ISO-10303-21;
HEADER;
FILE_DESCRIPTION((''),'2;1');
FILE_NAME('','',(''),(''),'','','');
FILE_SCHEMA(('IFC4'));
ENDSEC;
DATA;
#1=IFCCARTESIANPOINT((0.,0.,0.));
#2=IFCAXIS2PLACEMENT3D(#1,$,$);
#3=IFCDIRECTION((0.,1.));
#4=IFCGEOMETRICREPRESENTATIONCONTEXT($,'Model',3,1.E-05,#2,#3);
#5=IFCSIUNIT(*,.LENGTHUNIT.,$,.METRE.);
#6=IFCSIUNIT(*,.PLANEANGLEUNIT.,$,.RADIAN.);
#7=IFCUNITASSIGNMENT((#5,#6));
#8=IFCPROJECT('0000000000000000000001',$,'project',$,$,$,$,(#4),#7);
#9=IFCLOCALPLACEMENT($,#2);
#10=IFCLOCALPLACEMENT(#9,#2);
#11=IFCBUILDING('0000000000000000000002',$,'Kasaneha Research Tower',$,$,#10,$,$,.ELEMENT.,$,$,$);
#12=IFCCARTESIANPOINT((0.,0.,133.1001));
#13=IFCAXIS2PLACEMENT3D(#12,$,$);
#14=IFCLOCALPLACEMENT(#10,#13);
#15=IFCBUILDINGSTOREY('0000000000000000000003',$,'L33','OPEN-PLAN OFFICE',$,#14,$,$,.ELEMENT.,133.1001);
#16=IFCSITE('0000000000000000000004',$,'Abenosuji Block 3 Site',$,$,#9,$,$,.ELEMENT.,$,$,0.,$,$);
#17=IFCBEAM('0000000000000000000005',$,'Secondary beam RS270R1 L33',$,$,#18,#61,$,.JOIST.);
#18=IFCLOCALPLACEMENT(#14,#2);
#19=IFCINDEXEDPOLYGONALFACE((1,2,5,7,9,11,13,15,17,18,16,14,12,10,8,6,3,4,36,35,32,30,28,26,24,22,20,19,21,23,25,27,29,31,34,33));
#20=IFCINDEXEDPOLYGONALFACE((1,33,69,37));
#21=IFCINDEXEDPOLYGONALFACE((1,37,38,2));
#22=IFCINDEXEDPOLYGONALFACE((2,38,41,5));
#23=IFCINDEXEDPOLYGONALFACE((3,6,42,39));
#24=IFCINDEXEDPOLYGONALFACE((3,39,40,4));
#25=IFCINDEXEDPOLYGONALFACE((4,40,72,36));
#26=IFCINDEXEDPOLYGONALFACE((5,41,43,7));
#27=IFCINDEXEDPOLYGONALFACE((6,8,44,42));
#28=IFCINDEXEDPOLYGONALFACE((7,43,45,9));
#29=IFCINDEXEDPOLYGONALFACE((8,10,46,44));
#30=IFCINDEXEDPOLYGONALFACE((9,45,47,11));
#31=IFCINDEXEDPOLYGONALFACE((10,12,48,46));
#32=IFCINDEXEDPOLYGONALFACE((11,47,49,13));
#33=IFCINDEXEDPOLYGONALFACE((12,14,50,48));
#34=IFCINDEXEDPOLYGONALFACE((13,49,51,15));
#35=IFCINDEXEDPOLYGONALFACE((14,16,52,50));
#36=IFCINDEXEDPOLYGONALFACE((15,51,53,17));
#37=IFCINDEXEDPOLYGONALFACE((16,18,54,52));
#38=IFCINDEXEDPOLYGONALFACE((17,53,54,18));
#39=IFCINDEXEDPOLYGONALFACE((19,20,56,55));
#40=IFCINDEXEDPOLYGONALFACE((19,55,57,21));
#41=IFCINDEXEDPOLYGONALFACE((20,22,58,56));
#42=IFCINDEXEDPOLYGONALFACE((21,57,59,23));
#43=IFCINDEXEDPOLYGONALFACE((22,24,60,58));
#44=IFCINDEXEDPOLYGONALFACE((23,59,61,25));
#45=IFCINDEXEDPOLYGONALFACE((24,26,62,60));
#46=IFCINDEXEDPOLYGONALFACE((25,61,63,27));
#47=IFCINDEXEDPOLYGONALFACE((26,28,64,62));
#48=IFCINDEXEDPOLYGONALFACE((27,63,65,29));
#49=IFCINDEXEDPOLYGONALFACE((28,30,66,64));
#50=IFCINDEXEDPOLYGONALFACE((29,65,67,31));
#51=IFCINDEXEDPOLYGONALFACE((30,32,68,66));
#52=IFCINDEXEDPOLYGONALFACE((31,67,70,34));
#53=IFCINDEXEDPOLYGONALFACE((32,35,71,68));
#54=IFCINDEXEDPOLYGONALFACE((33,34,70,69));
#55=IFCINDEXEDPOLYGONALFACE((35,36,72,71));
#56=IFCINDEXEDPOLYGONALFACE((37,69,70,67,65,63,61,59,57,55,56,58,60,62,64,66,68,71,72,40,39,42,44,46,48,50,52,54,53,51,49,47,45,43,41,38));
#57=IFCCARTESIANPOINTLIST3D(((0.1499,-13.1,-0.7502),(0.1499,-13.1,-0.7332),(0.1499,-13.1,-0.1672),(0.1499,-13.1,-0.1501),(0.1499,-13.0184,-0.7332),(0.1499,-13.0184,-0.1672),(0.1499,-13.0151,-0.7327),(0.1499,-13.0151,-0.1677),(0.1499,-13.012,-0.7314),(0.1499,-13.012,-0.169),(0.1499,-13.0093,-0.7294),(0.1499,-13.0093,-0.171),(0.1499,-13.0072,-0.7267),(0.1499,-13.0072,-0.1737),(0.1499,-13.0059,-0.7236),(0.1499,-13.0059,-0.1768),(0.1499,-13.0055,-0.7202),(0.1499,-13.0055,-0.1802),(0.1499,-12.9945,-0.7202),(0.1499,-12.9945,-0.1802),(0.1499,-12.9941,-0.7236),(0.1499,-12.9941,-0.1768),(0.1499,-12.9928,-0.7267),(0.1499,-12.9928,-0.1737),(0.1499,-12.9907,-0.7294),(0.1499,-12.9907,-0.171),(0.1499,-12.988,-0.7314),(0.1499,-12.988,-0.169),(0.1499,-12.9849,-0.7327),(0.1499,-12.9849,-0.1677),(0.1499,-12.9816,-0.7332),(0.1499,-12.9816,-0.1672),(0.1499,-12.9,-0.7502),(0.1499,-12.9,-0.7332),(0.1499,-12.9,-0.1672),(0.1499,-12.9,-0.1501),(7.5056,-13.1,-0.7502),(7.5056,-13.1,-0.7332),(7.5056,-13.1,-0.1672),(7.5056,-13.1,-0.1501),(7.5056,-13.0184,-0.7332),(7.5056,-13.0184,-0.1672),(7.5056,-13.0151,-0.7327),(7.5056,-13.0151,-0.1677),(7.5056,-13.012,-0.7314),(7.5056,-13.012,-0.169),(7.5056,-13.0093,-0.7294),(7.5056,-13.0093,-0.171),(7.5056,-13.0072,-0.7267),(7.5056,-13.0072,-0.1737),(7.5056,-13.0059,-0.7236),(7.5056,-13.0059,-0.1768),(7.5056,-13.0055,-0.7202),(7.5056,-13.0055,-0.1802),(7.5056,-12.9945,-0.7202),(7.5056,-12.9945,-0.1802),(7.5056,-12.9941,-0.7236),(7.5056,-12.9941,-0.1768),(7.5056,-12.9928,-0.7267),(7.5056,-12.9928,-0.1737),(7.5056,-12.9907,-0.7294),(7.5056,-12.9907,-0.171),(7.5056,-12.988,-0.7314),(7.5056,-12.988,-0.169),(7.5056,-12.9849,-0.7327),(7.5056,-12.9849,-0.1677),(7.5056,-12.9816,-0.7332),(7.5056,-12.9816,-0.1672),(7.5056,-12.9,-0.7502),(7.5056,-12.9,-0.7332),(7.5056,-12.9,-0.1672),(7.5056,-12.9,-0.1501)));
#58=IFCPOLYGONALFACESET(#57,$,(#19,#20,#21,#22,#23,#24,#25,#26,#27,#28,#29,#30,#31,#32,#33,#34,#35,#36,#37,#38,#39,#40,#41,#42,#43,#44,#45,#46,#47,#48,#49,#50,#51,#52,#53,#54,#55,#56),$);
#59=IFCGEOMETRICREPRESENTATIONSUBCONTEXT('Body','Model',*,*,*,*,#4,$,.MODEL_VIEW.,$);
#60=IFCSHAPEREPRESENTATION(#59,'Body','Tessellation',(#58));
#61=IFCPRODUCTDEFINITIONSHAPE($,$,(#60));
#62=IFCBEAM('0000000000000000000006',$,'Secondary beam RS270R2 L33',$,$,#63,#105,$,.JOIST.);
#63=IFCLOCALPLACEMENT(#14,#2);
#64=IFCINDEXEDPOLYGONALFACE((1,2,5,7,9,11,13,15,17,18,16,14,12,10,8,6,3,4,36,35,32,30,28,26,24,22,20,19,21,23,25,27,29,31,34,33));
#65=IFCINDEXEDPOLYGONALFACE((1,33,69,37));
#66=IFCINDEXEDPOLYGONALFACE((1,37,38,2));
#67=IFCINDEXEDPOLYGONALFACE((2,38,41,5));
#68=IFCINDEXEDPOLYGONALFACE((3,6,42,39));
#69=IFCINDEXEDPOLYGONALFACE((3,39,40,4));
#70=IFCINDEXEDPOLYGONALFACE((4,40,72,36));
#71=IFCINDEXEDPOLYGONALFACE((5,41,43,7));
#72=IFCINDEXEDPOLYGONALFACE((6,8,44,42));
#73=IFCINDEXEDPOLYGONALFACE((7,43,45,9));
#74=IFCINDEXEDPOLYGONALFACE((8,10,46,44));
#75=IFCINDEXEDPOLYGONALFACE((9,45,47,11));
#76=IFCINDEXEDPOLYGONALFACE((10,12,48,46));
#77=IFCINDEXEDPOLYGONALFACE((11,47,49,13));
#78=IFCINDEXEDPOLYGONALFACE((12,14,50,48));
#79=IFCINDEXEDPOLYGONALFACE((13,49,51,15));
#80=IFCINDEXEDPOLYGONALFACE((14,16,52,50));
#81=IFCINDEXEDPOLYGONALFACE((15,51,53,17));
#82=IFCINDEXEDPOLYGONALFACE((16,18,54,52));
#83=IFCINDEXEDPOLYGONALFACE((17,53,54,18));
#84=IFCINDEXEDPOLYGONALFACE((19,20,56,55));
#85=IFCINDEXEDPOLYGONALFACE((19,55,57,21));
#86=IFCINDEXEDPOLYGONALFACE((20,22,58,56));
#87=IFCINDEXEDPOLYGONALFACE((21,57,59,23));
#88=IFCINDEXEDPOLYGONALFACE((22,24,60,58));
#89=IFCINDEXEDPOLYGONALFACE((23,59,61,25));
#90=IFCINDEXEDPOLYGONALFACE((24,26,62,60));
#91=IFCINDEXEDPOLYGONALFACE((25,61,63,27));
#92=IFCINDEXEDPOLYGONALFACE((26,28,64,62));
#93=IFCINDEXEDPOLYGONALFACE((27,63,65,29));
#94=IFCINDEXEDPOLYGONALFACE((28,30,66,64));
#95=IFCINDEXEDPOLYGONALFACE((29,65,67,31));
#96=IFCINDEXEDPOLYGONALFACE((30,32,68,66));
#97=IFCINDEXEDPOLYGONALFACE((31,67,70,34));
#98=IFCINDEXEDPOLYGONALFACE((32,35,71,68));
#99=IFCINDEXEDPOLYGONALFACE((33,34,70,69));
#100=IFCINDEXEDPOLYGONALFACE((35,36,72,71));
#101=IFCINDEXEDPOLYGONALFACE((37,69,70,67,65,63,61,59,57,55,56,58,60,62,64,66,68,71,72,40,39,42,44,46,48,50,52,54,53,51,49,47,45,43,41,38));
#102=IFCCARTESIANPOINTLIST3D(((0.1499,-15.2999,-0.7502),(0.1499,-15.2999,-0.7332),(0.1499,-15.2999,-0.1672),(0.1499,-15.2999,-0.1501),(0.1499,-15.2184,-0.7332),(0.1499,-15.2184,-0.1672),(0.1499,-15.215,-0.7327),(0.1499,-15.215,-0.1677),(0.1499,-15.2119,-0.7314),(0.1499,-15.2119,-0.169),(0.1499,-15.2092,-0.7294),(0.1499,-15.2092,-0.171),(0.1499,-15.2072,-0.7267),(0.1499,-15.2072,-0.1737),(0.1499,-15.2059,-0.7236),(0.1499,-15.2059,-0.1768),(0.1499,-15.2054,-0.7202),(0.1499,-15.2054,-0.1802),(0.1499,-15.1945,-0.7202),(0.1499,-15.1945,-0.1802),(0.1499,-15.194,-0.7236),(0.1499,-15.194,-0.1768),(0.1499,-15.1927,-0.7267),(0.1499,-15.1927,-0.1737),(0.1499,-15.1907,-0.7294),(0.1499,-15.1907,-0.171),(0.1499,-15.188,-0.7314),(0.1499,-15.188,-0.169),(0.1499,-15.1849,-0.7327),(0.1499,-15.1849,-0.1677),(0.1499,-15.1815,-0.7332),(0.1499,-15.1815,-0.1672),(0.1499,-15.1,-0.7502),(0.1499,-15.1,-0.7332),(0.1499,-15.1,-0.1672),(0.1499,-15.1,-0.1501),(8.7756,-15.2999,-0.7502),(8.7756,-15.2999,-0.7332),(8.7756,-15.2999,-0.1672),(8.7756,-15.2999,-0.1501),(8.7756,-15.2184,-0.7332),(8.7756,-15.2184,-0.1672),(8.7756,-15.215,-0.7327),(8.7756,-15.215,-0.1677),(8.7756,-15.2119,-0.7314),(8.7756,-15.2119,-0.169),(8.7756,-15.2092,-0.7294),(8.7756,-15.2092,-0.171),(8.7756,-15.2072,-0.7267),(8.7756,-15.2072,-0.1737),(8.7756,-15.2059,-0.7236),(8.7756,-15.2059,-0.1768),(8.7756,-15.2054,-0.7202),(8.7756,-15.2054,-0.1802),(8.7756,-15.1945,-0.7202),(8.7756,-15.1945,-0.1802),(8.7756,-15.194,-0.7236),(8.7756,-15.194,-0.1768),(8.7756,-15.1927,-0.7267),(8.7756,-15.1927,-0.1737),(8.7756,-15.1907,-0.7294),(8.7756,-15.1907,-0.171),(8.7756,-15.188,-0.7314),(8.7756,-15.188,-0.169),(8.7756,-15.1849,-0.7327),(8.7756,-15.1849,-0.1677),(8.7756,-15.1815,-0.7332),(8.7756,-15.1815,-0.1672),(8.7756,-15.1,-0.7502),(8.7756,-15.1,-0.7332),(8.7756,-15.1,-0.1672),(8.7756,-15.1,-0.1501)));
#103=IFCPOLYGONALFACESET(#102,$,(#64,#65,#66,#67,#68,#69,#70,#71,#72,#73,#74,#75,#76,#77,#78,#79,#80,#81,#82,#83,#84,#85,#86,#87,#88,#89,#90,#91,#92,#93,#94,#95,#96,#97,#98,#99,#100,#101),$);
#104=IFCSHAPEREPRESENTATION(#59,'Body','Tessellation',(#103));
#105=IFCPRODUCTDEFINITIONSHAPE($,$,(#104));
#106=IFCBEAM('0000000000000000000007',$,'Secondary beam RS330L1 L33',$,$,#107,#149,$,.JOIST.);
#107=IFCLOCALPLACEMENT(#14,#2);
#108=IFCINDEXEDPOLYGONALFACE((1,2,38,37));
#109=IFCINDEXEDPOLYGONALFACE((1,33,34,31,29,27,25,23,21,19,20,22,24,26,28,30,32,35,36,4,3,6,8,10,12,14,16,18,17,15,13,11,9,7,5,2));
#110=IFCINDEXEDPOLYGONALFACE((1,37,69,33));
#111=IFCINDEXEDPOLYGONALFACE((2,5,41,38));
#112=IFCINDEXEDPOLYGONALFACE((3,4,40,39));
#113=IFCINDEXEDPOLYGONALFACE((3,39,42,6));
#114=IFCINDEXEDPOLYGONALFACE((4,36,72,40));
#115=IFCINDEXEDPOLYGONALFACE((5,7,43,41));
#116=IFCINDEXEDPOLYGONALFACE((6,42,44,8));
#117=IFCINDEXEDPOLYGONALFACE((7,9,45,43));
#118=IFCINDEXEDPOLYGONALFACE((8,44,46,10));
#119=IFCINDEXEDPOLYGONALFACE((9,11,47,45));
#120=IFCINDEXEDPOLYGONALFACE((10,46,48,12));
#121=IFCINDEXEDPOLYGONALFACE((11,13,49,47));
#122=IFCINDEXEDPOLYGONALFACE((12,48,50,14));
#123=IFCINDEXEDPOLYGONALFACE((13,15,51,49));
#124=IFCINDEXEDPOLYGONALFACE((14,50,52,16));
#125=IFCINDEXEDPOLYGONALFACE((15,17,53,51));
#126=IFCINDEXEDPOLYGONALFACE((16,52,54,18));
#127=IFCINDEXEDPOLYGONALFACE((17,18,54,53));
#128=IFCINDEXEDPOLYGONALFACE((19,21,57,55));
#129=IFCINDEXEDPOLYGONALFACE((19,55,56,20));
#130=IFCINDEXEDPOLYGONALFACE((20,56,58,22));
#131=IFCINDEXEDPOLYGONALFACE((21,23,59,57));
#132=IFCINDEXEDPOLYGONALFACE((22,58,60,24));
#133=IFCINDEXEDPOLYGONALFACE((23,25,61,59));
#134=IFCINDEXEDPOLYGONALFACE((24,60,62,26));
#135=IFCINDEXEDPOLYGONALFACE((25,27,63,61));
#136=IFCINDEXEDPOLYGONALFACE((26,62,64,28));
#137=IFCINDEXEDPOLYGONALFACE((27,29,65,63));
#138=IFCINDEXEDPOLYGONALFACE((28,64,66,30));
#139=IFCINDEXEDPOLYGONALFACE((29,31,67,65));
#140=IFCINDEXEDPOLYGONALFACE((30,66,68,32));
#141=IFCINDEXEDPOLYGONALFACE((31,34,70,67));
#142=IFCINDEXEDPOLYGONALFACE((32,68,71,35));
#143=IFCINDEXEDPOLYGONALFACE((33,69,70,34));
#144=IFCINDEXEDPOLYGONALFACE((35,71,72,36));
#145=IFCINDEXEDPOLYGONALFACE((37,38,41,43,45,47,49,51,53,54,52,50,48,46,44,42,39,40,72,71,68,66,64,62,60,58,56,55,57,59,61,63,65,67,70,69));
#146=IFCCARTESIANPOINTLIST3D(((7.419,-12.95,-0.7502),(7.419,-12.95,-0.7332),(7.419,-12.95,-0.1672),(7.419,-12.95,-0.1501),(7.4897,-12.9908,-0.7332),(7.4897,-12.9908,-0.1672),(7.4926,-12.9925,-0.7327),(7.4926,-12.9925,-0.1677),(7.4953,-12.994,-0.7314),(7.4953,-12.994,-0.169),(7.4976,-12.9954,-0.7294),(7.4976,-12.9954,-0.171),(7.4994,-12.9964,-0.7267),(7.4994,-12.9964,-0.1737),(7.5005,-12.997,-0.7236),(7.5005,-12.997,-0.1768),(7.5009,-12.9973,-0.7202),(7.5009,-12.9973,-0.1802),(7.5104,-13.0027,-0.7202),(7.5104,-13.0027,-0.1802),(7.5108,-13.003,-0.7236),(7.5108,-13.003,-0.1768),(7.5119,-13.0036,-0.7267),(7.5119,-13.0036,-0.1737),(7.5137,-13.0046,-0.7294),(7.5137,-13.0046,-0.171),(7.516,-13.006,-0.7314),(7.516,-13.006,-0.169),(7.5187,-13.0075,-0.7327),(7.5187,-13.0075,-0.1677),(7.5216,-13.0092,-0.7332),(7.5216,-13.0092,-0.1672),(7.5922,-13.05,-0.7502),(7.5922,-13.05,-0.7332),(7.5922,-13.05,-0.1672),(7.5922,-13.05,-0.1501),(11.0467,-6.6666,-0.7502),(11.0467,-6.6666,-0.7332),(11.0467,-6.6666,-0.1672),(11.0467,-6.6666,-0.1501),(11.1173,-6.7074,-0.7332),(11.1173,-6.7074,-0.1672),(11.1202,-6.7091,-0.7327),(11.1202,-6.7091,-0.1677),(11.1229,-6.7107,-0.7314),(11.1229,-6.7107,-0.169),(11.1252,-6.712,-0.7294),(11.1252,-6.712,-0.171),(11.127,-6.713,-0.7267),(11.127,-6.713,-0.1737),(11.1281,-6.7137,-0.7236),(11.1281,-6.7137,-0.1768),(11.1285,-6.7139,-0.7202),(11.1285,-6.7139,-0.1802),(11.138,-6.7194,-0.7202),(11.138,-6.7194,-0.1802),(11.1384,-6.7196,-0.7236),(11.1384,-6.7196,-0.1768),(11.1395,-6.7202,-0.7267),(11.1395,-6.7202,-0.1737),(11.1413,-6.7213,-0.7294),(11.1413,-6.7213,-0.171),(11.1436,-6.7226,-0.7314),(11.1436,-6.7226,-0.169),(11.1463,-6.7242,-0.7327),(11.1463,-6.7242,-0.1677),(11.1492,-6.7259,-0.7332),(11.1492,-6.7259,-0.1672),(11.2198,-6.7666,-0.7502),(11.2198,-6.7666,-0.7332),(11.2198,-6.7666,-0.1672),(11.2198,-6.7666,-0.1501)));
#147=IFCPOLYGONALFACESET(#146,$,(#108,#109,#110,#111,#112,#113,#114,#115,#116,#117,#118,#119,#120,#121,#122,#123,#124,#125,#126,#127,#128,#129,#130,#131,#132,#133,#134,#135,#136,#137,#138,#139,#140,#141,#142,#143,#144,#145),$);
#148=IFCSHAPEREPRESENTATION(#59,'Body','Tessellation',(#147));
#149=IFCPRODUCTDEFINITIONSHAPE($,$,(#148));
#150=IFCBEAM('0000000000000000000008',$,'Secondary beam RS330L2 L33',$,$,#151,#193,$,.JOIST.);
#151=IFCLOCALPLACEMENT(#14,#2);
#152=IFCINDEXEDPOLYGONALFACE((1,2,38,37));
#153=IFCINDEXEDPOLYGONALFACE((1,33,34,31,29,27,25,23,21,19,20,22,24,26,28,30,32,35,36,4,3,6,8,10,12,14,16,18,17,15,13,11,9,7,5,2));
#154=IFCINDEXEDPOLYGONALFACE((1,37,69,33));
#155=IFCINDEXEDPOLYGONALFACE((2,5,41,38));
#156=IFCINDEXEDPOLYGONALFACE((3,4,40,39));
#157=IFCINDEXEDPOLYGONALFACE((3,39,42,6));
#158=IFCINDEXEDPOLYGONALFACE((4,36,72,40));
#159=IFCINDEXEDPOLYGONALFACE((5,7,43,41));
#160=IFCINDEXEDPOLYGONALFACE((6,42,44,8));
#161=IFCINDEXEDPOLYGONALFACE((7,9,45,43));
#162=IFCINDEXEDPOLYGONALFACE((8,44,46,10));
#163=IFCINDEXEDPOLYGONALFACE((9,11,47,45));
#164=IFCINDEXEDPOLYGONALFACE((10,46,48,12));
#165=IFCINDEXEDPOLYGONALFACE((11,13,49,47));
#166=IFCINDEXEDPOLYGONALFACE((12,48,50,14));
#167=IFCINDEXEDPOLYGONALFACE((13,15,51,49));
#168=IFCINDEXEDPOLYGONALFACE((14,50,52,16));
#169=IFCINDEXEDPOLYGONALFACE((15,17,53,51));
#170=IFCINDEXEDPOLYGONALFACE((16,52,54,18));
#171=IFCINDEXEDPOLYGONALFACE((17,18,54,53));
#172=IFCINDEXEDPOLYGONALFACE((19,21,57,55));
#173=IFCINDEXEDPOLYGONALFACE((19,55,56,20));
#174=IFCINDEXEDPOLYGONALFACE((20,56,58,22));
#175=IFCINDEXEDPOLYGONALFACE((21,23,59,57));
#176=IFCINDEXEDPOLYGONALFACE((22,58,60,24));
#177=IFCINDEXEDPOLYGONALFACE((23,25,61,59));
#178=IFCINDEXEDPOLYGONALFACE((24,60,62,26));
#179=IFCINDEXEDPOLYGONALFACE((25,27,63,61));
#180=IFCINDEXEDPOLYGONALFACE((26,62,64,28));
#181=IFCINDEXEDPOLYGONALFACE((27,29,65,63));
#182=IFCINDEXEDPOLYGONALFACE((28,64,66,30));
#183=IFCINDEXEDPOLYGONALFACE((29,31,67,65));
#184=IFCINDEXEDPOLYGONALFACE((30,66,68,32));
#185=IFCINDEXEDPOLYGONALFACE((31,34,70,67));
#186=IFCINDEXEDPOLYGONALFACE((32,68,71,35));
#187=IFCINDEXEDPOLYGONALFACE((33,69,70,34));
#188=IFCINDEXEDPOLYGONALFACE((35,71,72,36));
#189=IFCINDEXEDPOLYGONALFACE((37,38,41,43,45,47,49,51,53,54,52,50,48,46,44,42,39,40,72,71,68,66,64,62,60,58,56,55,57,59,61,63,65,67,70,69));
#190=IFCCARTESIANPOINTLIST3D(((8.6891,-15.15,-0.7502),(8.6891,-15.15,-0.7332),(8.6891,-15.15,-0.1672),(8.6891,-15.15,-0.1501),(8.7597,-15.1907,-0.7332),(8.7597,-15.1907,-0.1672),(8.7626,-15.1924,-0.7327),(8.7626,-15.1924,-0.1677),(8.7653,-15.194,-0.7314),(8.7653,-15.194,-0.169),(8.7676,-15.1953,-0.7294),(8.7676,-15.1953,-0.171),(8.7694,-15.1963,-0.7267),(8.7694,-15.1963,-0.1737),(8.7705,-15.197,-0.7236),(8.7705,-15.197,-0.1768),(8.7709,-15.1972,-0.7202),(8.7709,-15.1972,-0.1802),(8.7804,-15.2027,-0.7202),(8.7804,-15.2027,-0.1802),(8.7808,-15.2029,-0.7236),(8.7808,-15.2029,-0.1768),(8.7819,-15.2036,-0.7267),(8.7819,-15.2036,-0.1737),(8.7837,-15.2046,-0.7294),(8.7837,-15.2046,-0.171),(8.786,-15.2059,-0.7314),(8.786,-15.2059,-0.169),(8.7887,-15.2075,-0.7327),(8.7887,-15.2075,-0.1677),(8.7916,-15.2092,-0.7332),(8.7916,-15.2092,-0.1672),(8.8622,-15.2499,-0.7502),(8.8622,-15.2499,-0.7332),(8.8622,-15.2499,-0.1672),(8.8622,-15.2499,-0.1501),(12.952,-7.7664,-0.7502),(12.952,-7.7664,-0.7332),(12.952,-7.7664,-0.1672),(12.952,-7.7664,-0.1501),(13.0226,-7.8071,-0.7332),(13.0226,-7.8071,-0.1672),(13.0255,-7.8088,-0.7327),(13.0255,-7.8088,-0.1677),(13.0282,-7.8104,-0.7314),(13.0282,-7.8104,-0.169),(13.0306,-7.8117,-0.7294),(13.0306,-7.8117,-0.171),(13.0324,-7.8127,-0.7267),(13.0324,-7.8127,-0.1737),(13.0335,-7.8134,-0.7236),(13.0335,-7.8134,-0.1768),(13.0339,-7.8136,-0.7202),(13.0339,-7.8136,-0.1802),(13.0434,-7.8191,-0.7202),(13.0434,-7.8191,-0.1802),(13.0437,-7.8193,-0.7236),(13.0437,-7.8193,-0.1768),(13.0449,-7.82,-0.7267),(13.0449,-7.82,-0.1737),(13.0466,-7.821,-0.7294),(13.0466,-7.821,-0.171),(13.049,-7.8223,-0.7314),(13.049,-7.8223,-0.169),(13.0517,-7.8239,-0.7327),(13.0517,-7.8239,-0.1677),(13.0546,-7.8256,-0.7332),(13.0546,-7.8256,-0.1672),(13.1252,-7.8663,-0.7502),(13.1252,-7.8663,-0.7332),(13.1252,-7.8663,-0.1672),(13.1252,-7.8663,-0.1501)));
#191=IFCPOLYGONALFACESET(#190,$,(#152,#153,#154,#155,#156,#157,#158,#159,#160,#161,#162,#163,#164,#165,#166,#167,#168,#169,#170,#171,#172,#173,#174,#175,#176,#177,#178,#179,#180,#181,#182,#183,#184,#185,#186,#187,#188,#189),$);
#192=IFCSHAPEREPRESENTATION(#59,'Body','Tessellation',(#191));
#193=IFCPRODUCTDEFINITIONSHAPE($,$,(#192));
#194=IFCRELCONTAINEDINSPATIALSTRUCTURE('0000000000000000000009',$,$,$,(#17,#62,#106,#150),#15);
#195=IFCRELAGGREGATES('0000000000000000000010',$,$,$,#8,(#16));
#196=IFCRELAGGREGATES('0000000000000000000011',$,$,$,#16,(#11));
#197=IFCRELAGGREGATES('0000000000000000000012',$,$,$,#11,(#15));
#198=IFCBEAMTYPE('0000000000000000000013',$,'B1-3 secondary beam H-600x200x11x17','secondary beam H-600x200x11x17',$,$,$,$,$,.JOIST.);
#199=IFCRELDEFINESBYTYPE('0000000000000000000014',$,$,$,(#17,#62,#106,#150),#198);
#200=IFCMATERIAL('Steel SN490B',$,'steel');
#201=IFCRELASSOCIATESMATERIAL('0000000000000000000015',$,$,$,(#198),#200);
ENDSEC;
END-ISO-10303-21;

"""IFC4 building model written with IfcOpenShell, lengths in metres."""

from ifc_helpers import new_model, si_unit, direction, frame, origin, origin_2d, place, context, subcontext, project, spatial, i_section, extrude, material, material_profile, profile_set, type_object, element, save


model = new_model("IFC4")

# Units and contexts
model_context = context("Model", 3, precision=1e-05, world=origin(), true_north=direction((0.0, 1.0)))
body_context = subcontext(model_context, "Body", "Model", "MODEL_VIEW")
ifc_project = project(units=[si_unit("LENGTHUNIT", "METRE"), si_unit("PLANEANGLEUNIT", "RADIAN")], contexts=[model_context])

# Site, building, storey
site_placement = place(None, origin())
site = spatial("IfcSite", under=ifc_project, at=site_placement, Name="Abenosuji Block 3 Site", CompositionType="ELEMENT", RefElevation=0.0)
building_placement = place(site_placement, origin())
building = spatial("IfcBuilding", under=site, at=building_placement, Name="Kasaneha Research Tower", CompositionType="ELEMENT")
storey_placement = place(building_placement, frame((0.0, 0.0, 133.1001)))
storey = spatial("IfcBuildingStorey", under=building, at=storey_placement, Name="L33", Description="OPEN-PLAN OFFICE", CompositionType="ELEMENT", Elevation=133.1001)

# Beams
ifc_material_1 = material(Name="Steel SN490B", Category="steel")
ifc_material_profile_1 = material_profile(ifc_material_1, i_section(OverallWidth=0.2, OverallDepth=0.6001, WebThickness=0.011, FlangeThickness=0.0171, FilletRadius=0.0129, at=origin_2d()), Name="H-600x200x11x17")
ifc_profile_set_1 = profile_set([ifc_material_profile_1], Name="Steel SN490B")
beam_type_1 = type_object("IfcBeamType", Name="B1-3 secondary beam H-600x200x11x17", Description="secondary beam H-600x200x11x17", PredefinedType="JOIST", material=ifc_profile_set_1)
beam_1_placement = place(storey_placement, frame((7.5056, -13.0, -0.4502), z_axis=(-1.0, 0.0, 0.0), x_axis=(0.0, -1.0, 0.0)))
element("IfcBeam", 1, at=beam_1_placement, inside=storey, type_object=beam_type_1, Name="Secondary beam RS270R1 L33", PredefinedType="JOIST", context=body_context, shape_type="SweptSolid", body=[
    extrude(i_section(OverallWidth=0.2, OverallDepth=0.6001, WebThickness=0.011, FlangeThickness=0.0171, FilletRadius=0.0129, at=origin_2d()), origin(), (0.0, 0.0, 1.0), 7.3557),
])
beam_2_placement = place(storey_placement, frame((8.7756, -15.2, -0.4502), z_axis=(-1.0, 0.0, 0.0), x_axis=(0.0, -1.0, 0.0)))
element("IfcBeam", 2, at=beam_2_placement, inside=storey, type_object=beam_type_1, Name="Secondary beam RS270R2 L33", PredefinedType="JOIST", context=body_context, shape_type="SweptSolid", body=[
    extrude(i_section(OverallWidth=0.2, OverallDepth=0.6001, WebThickness=0.011, FlangeThickness=0.0171, FilletRadius=0.0129, at=origin_2d()), origin(), (0.0, 0.0, 1.0), 8.6257),
])
beam_3_placement = place(storey_placement, frame((7.5056, -13.0, -0.4502), z_axis=(0.499993, 0.866029, 0.0), x_axis=(-0.866029, 0.499993, 0.0)))
element("IfcBeam", 3, at=beam_3_placement, inside=storey, type_object=beam_type_1, Name="Secondary beam RS330L1 L33", PredefinedType="JOIST", context=body_context, shape_type="SweptSolid", body=[
    extrude(i_section(OverallWidth=0.2, OverallDepth=0.6001, WebThickness=0.011, FlangeThickness=0.0171, FilletRadius=0.0129, at=origin_2d()), origin(), (0.0, 0.0, 1.0), 7.2554),
])
beam_4_placement = place(storey_placement, frame((8.7756, -15.2, -0.4502), z_axis=(0.500004, 0.866023, 0.0), x_axis=(-0.866023, 0.500004, 0.0)))
element("IfcBeam", 4, at=beam_4_placement, inside=storey, type_object=beam_type_1, Name="Secondary beam RS330L2 L33", PredefinedType="JOIST", context=body_context, shape_type="SweptSolid", body=[
    extrude(i_section(OverallWidth=0.2, OverallDepth=0.6001, WebThickness=0.011, FlangeThickness=0.0171, FilletRadius=0.0129, at=origin_2d()), origin(), (0.0, 0.0, 1.0), 8.5259),
])

save(model, "model.ifc")
